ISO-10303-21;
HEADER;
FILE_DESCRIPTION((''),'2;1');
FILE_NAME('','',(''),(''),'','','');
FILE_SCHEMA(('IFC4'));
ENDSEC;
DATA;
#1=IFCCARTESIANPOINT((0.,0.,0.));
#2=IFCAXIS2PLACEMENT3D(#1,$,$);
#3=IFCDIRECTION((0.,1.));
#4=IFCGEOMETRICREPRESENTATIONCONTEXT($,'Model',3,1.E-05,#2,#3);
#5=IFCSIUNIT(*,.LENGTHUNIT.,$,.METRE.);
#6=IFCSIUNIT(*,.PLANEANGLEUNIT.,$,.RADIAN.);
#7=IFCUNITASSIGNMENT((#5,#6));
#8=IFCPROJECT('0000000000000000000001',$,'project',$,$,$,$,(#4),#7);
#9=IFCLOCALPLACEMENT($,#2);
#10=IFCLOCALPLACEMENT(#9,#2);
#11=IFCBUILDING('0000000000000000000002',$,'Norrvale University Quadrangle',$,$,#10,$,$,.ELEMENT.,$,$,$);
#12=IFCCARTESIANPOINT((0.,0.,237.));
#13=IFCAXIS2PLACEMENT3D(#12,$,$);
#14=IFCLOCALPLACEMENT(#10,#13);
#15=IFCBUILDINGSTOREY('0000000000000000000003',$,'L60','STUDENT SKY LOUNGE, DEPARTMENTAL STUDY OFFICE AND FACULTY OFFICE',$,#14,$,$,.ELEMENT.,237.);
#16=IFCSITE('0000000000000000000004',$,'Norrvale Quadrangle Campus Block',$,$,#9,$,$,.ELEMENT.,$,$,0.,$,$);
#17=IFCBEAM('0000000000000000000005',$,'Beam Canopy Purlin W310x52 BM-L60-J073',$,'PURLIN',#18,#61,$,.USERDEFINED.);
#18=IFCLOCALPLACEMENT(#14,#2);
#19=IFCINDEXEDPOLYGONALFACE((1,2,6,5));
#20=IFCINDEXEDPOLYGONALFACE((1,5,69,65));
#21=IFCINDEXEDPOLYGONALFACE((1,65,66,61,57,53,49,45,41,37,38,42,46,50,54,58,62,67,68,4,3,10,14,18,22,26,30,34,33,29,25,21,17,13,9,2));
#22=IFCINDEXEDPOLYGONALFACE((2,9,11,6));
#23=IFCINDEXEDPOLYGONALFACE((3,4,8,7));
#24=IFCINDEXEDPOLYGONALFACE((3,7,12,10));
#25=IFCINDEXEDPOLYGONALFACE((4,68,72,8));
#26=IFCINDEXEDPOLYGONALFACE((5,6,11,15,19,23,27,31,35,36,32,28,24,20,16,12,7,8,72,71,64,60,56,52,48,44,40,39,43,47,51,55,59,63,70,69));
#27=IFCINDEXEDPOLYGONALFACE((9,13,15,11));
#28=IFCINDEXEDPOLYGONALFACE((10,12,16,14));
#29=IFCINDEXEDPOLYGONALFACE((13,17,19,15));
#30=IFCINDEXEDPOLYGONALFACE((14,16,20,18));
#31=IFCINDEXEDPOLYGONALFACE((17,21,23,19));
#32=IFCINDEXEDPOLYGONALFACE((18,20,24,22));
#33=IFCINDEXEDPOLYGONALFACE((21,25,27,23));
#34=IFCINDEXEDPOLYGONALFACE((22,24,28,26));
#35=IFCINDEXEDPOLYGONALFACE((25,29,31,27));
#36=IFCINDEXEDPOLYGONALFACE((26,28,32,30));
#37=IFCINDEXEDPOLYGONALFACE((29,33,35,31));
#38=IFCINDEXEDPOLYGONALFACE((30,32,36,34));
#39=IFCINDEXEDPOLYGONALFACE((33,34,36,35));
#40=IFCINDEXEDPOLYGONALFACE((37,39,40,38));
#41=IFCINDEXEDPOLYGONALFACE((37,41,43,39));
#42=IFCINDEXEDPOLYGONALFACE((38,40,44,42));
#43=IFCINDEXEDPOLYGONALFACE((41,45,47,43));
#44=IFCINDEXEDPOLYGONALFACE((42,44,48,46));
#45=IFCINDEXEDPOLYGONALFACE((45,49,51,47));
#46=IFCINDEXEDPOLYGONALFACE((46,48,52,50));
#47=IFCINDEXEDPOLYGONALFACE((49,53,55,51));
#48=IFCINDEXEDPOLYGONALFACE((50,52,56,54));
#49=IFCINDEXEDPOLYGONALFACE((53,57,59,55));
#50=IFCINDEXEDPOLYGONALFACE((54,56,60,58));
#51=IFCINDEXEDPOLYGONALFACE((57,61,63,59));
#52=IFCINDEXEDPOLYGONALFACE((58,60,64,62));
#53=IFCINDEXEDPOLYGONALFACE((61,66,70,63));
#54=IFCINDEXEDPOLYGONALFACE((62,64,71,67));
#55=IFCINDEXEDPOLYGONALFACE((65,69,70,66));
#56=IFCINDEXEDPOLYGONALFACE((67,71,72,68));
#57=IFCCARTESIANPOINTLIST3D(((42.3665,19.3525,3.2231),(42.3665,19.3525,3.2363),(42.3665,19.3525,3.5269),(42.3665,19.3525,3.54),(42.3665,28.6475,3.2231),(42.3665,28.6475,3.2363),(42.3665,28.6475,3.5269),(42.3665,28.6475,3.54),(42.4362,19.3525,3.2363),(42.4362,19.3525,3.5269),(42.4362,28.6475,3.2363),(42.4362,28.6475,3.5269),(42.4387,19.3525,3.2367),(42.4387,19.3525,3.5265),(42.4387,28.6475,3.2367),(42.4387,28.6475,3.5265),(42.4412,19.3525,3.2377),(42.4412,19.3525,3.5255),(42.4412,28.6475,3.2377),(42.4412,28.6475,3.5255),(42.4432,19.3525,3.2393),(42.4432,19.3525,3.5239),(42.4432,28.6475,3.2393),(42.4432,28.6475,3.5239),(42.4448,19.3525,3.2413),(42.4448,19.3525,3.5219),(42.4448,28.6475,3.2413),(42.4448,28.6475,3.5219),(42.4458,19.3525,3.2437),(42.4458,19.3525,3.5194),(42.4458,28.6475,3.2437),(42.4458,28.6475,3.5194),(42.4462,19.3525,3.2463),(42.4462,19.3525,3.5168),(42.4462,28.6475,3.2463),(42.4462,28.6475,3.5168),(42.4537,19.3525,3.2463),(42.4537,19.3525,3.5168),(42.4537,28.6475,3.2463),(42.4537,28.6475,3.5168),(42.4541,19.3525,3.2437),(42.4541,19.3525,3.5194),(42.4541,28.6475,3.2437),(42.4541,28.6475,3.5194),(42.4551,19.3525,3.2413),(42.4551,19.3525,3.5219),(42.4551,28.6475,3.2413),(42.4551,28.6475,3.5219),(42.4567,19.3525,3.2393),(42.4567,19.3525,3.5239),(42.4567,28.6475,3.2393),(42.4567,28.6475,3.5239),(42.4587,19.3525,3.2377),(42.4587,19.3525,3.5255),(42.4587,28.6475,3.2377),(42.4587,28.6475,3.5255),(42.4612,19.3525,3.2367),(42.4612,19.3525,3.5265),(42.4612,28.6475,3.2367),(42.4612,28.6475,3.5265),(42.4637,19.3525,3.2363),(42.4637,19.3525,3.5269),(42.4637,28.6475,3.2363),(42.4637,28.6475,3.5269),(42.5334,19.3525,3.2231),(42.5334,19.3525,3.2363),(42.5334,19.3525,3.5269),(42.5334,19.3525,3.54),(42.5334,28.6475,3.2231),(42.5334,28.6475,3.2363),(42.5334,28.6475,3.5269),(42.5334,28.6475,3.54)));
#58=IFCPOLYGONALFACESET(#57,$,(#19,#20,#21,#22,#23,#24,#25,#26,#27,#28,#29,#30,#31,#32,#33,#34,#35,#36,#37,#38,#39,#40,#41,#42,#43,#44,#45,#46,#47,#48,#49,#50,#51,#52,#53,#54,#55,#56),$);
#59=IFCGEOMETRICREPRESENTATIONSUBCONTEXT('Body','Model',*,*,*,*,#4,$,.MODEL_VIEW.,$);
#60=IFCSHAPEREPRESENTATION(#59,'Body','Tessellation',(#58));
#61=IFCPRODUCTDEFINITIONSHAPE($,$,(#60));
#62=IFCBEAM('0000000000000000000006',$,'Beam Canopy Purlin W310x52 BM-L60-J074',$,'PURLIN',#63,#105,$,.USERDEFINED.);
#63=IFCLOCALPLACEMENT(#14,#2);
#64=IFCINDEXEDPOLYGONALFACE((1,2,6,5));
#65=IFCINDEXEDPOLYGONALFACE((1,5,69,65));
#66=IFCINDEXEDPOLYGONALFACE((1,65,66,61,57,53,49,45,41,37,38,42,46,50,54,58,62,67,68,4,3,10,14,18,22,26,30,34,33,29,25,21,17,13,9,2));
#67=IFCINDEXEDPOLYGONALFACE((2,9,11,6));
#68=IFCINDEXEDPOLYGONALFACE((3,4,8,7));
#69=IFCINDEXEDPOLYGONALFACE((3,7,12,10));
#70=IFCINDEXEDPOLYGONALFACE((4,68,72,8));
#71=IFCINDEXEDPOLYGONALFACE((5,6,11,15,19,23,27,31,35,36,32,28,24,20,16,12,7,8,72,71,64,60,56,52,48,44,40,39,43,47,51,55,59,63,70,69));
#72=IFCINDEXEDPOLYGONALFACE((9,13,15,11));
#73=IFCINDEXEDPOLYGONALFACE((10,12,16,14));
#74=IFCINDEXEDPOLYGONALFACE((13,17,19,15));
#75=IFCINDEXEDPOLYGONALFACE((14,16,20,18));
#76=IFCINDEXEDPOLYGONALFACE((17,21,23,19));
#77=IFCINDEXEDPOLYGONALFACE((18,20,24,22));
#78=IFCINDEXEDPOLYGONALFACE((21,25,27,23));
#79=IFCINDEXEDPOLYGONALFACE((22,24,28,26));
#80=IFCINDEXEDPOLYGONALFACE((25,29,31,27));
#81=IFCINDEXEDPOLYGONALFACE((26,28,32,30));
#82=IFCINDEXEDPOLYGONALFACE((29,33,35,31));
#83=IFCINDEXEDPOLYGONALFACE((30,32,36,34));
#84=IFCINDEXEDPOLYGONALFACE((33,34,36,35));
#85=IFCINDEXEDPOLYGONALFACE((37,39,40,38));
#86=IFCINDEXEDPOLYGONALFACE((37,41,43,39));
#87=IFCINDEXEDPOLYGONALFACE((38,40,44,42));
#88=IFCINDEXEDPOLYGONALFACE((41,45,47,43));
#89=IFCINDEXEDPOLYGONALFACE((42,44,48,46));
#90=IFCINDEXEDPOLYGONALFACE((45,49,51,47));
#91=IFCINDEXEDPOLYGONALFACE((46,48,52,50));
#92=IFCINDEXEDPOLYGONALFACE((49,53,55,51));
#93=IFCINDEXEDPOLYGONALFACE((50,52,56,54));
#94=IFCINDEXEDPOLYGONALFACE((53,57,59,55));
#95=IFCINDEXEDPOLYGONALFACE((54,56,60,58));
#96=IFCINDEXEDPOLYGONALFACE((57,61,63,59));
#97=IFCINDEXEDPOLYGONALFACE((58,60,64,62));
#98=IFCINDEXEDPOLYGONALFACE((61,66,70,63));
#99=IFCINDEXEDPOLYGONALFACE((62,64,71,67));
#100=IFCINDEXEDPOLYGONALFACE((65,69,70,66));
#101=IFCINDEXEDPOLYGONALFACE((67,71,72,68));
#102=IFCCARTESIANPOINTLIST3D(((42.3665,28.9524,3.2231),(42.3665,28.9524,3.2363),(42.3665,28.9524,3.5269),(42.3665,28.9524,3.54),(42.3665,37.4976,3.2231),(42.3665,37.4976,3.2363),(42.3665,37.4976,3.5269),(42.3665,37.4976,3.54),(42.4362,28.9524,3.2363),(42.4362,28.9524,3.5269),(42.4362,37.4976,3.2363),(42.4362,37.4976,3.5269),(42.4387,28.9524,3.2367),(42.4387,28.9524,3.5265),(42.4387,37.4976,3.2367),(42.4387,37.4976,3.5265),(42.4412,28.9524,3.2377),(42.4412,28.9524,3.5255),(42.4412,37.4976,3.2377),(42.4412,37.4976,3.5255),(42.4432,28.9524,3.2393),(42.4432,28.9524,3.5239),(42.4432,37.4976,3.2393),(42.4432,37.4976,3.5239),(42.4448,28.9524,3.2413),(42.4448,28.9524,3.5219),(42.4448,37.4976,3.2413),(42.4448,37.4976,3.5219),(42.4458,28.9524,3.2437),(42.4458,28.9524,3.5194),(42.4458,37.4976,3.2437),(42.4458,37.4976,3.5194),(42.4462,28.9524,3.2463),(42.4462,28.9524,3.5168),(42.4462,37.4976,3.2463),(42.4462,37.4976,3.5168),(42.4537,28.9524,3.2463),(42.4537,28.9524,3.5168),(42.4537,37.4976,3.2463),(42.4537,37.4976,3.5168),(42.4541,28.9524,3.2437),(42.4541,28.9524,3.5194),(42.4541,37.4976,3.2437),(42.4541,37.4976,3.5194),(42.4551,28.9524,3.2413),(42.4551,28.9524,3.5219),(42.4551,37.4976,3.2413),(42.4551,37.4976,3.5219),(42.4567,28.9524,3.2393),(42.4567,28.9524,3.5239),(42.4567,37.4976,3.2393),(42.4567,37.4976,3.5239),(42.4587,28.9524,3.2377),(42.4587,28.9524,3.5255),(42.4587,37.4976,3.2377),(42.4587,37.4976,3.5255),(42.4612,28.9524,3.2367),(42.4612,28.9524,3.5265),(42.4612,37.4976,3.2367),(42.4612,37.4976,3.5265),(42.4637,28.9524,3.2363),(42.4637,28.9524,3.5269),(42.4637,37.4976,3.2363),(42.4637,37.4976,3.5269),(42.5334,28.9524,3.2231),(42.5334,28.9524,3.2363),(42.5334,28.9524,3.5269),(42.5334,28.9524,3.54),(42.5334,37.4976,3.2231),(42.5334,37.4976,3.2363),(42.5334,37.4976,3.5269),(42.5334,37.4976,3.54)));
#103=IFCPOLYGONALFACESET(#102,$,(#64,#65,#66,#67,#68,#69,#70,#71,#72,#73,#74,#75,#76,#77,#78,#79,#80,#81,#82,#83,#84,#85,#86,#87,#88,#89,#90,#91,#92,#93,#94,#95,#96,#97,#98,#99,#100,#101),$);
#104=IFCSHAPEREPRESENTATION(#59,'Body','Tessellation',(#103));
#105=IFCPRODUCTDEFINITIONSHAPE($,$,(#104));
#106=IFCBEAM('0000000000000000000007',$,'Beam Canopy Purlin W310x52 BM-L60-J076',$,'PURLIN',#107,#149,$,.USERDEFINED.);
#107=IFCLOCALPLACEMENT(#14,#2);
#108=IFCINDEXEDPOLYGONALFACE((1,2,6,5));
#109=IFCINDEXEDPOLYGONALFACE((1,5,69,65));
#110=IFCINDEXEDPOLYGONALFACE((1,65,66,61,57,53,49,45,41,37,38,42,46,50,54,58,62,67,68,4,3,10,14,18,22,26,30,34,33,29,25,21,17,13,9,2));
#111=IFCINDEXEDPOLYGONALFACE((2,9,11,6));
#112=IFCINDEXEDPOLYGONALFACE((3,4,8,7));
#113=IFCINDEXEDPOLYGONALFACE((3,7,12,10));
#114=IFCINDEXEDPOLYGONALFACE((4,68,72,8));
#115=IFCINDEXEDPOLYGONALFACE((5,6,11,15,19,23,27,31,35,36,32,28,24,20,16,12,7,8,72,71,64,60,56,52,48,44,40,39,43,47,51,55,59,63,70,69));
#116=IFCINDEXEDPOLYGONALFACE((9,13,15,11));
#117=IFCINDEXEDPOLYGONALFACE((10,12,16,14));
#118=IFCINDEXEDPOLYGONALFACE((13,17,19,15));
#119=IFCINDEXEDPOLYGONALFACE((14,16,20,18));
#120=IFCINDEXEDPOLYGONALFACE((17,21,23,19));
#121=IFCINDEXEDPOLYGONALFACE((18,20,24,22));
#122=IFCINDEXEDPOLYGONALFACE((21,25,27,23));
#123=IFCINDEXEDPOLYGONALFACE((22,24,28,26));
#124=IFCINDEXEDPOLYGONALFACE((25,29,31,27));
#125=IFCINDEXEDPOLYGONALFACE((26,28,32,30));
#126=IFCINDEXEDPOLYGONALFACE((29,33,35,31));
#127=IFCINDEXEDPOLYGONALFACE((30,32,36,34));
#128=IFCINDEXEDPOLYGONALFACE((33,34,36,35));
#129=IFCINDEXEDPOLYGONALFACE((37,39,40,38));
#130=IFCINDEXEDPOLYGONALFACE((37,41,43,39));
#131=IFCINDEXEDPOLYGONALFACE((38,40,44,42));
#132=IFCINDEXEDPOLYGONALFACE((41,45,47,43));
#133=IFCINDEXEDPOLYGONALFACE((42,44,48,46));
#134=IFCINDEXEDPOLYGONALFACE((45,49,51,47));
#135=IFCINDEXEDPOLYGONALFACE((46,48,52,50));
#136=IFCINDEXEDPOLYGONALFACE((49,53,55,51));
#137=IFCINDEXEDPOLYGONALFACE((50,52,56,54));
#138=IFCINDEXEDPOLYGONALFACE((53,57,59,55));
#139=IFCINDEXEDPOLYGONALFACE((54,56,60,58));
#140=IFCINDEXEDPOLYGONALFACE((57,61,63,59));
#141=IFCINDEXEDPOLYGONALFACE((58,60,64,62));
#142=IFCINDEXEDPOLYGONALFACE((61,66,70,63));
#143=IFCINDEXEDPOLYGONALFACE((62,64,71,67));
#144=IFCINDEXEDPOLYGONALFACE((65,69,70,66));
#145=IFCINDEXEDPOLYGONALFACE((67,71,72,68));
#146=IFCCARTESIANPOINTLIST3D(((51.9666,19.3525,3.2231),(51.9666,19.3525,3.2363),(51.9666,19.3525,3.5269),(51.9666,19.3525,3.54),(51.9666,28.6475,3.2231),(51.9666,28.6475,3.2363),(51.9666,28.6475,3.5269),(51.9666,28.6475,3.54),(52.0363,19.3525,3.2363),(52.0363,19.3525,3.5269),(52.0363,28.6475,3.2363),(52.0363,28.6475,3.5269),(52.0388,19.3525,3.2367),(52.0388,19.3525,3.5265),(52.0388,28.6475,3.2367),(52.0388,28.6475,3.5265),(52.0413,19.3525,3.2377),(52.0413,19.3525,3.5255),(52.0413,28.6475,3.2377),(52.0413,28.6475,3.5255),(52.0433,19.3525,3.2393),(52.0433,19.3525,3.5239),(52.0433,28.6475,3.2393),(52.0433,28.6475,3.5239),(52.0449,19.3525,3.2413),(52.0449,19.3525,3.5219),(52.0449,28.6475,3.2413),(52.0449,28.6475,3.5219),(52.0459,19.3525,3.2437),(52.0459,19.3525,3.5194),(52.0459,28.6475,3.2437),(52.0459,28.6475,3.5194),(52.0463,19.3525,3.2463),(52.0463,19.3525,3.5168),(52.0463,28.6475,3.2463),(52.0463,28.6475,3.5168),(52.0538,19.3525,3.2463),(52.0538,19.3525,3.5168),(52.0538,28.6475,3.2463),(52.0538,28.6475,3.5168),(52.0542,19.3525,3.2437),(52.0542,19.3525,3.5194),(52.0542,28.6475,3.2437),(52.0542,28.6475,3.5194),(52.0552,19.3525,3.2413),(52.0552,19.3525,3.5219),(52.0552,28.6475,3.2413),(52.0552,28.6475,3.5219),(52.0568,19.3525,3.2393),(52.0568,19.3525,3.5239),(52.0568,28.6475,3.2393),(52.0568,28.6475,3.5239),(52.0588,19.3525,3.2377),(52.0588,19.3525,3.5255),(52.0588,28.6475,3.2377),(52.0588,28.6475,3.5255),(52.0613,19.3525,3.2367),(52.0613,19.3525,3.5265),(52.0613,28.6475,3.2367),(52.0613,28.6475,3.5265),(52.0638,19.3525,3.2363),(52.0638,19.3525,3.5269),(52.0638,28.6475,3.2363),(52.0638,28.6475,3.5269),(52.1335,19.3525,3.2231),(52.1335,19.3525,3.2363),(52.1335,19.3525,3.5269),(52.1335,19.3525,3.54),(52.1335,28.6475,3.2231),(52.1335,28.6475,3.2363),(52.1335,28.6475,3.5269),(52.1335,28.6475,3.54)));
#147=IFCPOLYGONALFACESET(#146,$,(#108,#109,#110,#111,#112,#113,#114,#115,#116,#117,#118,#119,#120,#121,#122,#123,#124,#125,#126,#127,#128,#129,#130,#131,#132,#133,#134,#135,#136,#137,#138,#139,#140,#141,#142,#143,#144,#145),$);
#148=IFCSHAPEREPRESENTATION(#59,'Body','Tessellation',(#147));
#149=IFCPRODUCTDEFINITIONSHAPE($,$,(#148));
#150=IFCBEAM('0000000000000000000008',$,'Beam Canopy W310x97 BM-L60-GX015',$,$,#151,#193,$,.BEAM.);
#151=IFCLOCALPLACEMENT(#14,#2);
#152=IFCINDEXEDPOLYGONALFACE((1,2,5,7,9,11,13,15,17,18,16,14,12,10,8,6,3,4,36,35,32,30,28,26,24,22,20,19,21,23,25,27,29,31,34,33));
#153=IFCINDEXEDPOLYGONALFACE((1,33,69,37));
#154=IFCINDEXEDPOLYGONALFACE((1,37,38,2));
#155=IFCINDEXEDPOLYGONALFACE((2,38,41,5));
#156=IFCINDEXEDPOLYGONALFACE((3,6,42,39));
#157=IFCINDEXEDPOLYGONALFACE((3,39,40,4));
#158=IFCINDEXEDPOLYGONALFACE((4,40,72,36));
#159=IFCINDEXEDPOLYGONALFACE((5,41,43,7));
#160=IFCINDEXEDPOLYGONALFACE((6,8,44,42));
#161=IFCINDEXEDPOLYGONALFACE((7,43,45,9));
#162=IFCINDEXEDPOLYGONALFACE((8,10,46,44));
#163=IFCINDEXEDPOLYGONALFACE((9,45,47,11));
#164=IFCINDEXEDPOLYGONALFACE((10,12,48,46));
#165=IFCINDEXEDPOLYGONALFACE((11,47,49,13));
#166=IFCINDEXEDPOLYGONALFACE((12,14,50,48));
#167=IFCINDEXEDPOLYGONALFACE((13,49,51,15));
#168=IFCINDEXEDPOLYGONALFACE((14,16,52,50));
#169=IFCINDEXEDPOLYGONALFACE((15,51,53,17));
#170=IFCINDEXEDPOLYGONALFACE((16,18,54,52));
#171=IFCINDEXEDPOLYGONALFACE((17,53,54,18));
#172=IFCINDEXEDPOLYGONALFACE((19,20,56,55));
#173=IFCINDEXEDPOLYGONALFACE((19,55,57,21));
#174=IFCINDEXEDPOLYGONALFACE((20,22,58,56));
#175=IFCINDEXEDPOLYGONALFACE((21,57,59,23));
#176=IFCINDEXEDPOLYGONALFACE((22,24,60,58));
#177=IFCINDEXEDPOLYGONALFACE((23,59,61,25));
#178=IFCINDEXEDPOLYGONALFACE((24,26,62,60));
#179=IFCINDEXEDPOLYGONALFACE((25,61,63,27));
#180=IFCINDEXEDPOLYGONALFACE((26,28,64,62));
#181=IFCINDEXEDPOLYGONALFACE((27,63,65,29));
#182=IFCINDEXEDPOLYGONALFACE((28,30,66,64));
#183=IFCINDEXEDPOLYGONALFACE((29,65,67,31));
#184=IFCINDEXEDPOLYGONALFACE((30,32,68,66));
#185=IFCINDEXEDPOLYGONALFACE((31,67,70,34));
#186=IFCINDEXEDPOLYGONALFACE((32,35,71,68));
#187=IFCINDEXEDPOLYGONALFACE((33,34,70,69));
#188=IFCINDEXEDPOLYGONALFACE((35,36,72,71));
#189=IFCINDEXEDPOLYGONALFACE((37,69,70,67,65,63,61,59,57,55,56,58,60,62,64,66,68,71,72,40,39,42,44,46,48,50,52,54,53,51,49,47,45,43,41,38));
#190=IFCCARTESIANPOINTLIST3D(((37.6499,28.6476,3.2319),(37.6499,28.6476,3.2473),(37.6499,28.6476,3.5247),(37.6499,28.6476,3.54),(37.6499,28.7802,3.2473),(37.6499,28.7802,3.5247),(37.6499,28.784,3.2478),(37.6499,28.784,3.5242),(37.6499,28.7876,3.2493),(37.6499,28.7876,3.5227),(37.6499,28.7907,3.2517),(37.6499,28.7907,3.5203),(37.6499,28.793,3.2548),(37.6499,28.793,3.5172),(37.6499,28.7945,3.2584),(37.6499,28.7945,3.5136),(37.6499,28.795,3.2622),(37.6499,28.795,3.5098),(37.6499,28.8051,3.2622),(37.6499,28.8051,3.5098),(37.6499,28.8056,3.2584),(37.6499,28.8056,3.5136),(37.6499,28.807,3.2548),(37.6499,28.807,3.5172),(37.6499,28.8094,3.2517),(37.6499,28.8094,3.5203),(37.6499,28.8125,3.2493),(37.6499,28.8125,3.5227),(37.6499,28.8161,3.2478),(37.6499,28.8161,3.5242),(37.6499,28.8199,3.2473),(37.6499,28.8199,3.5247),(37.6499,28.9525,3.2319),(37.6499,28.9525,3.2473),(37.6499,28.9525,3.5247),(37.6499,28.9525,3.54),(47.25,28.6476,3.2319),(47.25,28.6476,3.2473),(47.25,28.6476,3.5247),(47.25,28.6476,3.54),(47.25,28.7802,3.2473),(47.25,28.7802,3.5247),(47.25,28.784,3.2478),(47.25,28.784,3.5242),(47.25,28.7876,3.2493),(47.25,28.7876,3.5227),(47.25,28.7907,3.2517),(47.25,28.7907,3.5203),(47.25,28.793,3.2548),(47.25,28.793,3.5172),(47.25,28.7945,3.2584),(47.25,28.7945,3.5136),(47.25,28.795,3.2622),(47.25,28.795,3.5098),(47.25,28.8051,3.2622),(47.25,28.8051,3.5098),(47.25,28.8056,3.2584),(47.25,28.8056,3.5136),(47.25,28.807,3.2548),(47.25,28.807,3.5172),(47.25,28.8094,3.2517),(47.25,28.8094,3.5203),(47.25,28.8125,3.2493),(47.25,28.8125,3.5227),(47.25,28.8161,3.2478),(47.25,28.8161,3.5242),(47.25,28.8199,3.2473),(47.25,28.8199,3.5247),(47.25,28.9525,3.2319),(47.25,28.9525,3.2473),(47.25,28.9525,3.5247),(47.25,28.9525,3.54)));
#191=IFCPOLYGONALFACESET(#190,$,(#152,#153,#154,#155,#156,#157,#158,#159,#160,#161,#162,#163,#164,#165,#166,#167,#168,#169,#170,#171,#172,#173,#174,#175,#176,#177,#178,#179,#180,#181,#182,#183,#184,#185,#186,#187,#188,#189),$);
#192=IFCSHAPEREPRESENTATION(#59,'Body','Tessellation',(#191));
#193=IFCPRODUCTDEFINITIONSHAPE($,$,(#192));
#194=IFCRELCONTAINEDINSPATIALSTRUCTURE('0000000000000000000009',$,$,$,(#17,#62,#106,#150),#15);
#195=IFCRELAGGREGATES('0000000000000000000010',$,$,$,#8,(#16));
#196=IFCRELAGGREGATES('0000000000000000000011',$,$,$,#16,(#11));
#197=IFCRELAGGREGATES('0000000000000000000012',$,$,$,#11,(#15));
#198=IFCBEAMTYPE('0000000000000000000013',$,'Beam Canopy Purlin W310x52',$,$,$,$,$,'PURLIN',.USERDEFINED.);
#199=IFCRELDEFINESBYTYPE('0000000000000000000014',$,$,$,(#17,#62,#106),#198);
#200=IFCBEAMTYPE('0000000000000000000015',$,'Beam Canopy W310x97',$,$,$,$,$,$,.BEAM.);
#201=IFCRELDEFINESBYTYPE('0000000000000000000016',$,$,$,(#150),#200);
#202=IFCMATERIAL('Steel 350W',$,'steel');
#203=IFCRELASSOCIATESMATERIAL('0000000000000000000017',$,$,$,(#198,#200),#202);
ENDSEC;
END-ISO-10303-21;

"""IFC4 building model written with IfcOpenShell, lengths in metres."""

from ifc_helpers import new_model, si_unit, direction, frame, origin, origin_2d, place, context, subcontext, project, spatial, i_section, extrude, material, material_profile, profile_set, type_object, element, save


model = new_model("IFC4")

# Units and contexts
model_context = context("Model", 3, precision=1e-05, world=origin(), true_north=direction((0.0, 1.0)))
body_context = subcontext(model_context, "Body", "Model", "MODEL_VIEW")
ifc_project = project(units=[si_unit("LENGTHUNIT", "METRE"), si_unit("PLANEANGLEUNIT", "RADIAN")], contexts=[model_context])

# Site, building, storey
site_placement = place(None, origin())
site = spatial("IfcSite", under=ifc_project, at=site_placement, Name="Norrvale Quadrangle Campus Block", CompositionType="ELEMENT", RefElevation=0.0)
building_placement = place(site_placement, origin())
building = spatial("IfcBuilding", under=site, at=building_placement, Name="Norrvale University Quadrangle", CompositionType="ELEMENT")
storey_placement = place(building_placement, frame((0.0, 0.0, 237.0)))
storey = spatial("IfcBuildingStorey", under=building, at=storey_placement, Name="L60", Description="STUDENT SKY LOUNGE, DEPARTMENTAL STUDY OFFICE AND FACULTY OFFICE", CompositionType="ELEMENT", Elevation=237.0)

# Beams
ifc_material_1 = material(Name="Steel 350W", Category="steel")
ifc_material_profile_1 = material_profile(ifc_material_1, i_section(OverallWidth=0.167, OverallDepth=0.3169, WebThickness=0.0076, FlangeThickness=0.0132, FilletRadius=0.01, at=origin_2d()), Name="Steel 350W")
ifc_profile_set_1 = profile_set([ifc_material_profile_1], Name="Steel 350W")
beam_type_1 = type_object("IfcBeamType", Name="Beam Canopy Purlin W310x52", ElementType="PURLIN", PredefinedType="USERDEFINED", material=ifc_profile_set_1)
beam_1_placement = place(storey_placement, frame((42.45, 19.3525, 3.3816), z_axis=(0.0, 1.0, 0.0), x_axis=(-1.0, 0.0, 0.0)))
element("IfcBeam", 1, at=beam_1_placement, inside=storey, type_object=beam_type_1, Name="Beam Canopy Purlin W310x52 BM-L60-J073", ObjectType="PURLIN", PredefinedType="USERDEFINED", context=body_context, shape_type="SweptSolid", body=[
    extrude(i_section(OverallWidth=0.167, OverallDepth=0.3169, WebThickness=0.0076, FlangeThickness=0.0132, FilletRadius=0.01, at=origin_2d()), origin(), (0.0, 0.0, 1.0), 9.2949),
])
beam_2_placement = place(storey_placement, frame((42.45, 28.9524, 3.3816), z_axis=(0.0, 1.0, 0.0), x_axis=(-1.0, 0.0, 0.0)))
element("IfcBeam", 2, at=beam_2_placement, inside=storey, type_object=beam_type_1, Name="Beam Canopy Purlin W310x52 BM-L60-J074", ObjectType="PURLIN", PredefinedType="USERDEFINED", context=body_context, shape_type="SweptSolid", body=[
    extrude(i_section(OverallWidth=0.167, OverallDepth=0.3169, WebThickness=0.0076, FlangeThickness=0.0132, FilletRadius=0.01, at=origin_2d()), origin(), (0.0, 0.0, 1.0), 8.5452),
])
beam_3_placement = place(storey_placement, frame((52.05, 19.3525, 3.3816), z_axis=(0.0, 1.0, 0.0), x_axis=(-1.0, 0.0, 0.0)))
element("IfcBeam", 3, at=beam_3_placement, inside=storey, type_object=beam_type_1, Name="Beam Canopy Purlin W310x52 BM-L60-J076", ObjectType="PURLIN", PredefinedType="USERDEFINED", context=body_context, shape_type="SweptSolid", body=[
    extrude(i_section(OverallWidth=0.167, OverallDepth=0.3169, WebThickness=0.0076, FlangeThickness=0.0132, FilletRadius=0.01, at=origin_2d()), origin(), (0.0, 0.0, 1.0), 9.2949),
])
ifc_material_profile_2 = material_profile(ifc_material_1, i_section(OverallWidth=0.3049, OverallDepth=0.3081, WebThickness=0.01, FlangeThickness=0.0154, FilletRadius=0.0149, at=origin_2d()), Name="Steel 350W")
ifc_profile_set_2 = profile_set([ifc_material_profile_2], Name="Steel 350W")
beam_type_2 = type_object("IfcBeamType", Name="Beam Canopy W310x97", PredefinedType="BEAM", material=ifc_profile_set_2)
for number, where, z_axis, x_axis, name in (
    (4, (37.6499, 28.8, 3.386), (1.0, 0.0, 0.0), (0.0, 1.0, 0.0), "Beam Canopy W310x97 BM-L60-GX015"),
):
    element("IfcBeam", number, at=place(storey_placement, frame(where, z_axis=z_axis, x_axis=x_axis)), inside=storey, type_object=beam_type_2, Name=name, PredefinedType="BEAM", context=body_context, shape_type="SweptSolid", body=[
        extrude(i_section(OverallWidth=0.3049, OverallDepth=0.3081, WebThickness=0.01, FlangeThickness=0.0154, FilletRadius=0.0149, at=origin_2d()), origin(), (0.0, 0.0, 1.0), 9.6001),
    ])

save(model, "model.ifc")
